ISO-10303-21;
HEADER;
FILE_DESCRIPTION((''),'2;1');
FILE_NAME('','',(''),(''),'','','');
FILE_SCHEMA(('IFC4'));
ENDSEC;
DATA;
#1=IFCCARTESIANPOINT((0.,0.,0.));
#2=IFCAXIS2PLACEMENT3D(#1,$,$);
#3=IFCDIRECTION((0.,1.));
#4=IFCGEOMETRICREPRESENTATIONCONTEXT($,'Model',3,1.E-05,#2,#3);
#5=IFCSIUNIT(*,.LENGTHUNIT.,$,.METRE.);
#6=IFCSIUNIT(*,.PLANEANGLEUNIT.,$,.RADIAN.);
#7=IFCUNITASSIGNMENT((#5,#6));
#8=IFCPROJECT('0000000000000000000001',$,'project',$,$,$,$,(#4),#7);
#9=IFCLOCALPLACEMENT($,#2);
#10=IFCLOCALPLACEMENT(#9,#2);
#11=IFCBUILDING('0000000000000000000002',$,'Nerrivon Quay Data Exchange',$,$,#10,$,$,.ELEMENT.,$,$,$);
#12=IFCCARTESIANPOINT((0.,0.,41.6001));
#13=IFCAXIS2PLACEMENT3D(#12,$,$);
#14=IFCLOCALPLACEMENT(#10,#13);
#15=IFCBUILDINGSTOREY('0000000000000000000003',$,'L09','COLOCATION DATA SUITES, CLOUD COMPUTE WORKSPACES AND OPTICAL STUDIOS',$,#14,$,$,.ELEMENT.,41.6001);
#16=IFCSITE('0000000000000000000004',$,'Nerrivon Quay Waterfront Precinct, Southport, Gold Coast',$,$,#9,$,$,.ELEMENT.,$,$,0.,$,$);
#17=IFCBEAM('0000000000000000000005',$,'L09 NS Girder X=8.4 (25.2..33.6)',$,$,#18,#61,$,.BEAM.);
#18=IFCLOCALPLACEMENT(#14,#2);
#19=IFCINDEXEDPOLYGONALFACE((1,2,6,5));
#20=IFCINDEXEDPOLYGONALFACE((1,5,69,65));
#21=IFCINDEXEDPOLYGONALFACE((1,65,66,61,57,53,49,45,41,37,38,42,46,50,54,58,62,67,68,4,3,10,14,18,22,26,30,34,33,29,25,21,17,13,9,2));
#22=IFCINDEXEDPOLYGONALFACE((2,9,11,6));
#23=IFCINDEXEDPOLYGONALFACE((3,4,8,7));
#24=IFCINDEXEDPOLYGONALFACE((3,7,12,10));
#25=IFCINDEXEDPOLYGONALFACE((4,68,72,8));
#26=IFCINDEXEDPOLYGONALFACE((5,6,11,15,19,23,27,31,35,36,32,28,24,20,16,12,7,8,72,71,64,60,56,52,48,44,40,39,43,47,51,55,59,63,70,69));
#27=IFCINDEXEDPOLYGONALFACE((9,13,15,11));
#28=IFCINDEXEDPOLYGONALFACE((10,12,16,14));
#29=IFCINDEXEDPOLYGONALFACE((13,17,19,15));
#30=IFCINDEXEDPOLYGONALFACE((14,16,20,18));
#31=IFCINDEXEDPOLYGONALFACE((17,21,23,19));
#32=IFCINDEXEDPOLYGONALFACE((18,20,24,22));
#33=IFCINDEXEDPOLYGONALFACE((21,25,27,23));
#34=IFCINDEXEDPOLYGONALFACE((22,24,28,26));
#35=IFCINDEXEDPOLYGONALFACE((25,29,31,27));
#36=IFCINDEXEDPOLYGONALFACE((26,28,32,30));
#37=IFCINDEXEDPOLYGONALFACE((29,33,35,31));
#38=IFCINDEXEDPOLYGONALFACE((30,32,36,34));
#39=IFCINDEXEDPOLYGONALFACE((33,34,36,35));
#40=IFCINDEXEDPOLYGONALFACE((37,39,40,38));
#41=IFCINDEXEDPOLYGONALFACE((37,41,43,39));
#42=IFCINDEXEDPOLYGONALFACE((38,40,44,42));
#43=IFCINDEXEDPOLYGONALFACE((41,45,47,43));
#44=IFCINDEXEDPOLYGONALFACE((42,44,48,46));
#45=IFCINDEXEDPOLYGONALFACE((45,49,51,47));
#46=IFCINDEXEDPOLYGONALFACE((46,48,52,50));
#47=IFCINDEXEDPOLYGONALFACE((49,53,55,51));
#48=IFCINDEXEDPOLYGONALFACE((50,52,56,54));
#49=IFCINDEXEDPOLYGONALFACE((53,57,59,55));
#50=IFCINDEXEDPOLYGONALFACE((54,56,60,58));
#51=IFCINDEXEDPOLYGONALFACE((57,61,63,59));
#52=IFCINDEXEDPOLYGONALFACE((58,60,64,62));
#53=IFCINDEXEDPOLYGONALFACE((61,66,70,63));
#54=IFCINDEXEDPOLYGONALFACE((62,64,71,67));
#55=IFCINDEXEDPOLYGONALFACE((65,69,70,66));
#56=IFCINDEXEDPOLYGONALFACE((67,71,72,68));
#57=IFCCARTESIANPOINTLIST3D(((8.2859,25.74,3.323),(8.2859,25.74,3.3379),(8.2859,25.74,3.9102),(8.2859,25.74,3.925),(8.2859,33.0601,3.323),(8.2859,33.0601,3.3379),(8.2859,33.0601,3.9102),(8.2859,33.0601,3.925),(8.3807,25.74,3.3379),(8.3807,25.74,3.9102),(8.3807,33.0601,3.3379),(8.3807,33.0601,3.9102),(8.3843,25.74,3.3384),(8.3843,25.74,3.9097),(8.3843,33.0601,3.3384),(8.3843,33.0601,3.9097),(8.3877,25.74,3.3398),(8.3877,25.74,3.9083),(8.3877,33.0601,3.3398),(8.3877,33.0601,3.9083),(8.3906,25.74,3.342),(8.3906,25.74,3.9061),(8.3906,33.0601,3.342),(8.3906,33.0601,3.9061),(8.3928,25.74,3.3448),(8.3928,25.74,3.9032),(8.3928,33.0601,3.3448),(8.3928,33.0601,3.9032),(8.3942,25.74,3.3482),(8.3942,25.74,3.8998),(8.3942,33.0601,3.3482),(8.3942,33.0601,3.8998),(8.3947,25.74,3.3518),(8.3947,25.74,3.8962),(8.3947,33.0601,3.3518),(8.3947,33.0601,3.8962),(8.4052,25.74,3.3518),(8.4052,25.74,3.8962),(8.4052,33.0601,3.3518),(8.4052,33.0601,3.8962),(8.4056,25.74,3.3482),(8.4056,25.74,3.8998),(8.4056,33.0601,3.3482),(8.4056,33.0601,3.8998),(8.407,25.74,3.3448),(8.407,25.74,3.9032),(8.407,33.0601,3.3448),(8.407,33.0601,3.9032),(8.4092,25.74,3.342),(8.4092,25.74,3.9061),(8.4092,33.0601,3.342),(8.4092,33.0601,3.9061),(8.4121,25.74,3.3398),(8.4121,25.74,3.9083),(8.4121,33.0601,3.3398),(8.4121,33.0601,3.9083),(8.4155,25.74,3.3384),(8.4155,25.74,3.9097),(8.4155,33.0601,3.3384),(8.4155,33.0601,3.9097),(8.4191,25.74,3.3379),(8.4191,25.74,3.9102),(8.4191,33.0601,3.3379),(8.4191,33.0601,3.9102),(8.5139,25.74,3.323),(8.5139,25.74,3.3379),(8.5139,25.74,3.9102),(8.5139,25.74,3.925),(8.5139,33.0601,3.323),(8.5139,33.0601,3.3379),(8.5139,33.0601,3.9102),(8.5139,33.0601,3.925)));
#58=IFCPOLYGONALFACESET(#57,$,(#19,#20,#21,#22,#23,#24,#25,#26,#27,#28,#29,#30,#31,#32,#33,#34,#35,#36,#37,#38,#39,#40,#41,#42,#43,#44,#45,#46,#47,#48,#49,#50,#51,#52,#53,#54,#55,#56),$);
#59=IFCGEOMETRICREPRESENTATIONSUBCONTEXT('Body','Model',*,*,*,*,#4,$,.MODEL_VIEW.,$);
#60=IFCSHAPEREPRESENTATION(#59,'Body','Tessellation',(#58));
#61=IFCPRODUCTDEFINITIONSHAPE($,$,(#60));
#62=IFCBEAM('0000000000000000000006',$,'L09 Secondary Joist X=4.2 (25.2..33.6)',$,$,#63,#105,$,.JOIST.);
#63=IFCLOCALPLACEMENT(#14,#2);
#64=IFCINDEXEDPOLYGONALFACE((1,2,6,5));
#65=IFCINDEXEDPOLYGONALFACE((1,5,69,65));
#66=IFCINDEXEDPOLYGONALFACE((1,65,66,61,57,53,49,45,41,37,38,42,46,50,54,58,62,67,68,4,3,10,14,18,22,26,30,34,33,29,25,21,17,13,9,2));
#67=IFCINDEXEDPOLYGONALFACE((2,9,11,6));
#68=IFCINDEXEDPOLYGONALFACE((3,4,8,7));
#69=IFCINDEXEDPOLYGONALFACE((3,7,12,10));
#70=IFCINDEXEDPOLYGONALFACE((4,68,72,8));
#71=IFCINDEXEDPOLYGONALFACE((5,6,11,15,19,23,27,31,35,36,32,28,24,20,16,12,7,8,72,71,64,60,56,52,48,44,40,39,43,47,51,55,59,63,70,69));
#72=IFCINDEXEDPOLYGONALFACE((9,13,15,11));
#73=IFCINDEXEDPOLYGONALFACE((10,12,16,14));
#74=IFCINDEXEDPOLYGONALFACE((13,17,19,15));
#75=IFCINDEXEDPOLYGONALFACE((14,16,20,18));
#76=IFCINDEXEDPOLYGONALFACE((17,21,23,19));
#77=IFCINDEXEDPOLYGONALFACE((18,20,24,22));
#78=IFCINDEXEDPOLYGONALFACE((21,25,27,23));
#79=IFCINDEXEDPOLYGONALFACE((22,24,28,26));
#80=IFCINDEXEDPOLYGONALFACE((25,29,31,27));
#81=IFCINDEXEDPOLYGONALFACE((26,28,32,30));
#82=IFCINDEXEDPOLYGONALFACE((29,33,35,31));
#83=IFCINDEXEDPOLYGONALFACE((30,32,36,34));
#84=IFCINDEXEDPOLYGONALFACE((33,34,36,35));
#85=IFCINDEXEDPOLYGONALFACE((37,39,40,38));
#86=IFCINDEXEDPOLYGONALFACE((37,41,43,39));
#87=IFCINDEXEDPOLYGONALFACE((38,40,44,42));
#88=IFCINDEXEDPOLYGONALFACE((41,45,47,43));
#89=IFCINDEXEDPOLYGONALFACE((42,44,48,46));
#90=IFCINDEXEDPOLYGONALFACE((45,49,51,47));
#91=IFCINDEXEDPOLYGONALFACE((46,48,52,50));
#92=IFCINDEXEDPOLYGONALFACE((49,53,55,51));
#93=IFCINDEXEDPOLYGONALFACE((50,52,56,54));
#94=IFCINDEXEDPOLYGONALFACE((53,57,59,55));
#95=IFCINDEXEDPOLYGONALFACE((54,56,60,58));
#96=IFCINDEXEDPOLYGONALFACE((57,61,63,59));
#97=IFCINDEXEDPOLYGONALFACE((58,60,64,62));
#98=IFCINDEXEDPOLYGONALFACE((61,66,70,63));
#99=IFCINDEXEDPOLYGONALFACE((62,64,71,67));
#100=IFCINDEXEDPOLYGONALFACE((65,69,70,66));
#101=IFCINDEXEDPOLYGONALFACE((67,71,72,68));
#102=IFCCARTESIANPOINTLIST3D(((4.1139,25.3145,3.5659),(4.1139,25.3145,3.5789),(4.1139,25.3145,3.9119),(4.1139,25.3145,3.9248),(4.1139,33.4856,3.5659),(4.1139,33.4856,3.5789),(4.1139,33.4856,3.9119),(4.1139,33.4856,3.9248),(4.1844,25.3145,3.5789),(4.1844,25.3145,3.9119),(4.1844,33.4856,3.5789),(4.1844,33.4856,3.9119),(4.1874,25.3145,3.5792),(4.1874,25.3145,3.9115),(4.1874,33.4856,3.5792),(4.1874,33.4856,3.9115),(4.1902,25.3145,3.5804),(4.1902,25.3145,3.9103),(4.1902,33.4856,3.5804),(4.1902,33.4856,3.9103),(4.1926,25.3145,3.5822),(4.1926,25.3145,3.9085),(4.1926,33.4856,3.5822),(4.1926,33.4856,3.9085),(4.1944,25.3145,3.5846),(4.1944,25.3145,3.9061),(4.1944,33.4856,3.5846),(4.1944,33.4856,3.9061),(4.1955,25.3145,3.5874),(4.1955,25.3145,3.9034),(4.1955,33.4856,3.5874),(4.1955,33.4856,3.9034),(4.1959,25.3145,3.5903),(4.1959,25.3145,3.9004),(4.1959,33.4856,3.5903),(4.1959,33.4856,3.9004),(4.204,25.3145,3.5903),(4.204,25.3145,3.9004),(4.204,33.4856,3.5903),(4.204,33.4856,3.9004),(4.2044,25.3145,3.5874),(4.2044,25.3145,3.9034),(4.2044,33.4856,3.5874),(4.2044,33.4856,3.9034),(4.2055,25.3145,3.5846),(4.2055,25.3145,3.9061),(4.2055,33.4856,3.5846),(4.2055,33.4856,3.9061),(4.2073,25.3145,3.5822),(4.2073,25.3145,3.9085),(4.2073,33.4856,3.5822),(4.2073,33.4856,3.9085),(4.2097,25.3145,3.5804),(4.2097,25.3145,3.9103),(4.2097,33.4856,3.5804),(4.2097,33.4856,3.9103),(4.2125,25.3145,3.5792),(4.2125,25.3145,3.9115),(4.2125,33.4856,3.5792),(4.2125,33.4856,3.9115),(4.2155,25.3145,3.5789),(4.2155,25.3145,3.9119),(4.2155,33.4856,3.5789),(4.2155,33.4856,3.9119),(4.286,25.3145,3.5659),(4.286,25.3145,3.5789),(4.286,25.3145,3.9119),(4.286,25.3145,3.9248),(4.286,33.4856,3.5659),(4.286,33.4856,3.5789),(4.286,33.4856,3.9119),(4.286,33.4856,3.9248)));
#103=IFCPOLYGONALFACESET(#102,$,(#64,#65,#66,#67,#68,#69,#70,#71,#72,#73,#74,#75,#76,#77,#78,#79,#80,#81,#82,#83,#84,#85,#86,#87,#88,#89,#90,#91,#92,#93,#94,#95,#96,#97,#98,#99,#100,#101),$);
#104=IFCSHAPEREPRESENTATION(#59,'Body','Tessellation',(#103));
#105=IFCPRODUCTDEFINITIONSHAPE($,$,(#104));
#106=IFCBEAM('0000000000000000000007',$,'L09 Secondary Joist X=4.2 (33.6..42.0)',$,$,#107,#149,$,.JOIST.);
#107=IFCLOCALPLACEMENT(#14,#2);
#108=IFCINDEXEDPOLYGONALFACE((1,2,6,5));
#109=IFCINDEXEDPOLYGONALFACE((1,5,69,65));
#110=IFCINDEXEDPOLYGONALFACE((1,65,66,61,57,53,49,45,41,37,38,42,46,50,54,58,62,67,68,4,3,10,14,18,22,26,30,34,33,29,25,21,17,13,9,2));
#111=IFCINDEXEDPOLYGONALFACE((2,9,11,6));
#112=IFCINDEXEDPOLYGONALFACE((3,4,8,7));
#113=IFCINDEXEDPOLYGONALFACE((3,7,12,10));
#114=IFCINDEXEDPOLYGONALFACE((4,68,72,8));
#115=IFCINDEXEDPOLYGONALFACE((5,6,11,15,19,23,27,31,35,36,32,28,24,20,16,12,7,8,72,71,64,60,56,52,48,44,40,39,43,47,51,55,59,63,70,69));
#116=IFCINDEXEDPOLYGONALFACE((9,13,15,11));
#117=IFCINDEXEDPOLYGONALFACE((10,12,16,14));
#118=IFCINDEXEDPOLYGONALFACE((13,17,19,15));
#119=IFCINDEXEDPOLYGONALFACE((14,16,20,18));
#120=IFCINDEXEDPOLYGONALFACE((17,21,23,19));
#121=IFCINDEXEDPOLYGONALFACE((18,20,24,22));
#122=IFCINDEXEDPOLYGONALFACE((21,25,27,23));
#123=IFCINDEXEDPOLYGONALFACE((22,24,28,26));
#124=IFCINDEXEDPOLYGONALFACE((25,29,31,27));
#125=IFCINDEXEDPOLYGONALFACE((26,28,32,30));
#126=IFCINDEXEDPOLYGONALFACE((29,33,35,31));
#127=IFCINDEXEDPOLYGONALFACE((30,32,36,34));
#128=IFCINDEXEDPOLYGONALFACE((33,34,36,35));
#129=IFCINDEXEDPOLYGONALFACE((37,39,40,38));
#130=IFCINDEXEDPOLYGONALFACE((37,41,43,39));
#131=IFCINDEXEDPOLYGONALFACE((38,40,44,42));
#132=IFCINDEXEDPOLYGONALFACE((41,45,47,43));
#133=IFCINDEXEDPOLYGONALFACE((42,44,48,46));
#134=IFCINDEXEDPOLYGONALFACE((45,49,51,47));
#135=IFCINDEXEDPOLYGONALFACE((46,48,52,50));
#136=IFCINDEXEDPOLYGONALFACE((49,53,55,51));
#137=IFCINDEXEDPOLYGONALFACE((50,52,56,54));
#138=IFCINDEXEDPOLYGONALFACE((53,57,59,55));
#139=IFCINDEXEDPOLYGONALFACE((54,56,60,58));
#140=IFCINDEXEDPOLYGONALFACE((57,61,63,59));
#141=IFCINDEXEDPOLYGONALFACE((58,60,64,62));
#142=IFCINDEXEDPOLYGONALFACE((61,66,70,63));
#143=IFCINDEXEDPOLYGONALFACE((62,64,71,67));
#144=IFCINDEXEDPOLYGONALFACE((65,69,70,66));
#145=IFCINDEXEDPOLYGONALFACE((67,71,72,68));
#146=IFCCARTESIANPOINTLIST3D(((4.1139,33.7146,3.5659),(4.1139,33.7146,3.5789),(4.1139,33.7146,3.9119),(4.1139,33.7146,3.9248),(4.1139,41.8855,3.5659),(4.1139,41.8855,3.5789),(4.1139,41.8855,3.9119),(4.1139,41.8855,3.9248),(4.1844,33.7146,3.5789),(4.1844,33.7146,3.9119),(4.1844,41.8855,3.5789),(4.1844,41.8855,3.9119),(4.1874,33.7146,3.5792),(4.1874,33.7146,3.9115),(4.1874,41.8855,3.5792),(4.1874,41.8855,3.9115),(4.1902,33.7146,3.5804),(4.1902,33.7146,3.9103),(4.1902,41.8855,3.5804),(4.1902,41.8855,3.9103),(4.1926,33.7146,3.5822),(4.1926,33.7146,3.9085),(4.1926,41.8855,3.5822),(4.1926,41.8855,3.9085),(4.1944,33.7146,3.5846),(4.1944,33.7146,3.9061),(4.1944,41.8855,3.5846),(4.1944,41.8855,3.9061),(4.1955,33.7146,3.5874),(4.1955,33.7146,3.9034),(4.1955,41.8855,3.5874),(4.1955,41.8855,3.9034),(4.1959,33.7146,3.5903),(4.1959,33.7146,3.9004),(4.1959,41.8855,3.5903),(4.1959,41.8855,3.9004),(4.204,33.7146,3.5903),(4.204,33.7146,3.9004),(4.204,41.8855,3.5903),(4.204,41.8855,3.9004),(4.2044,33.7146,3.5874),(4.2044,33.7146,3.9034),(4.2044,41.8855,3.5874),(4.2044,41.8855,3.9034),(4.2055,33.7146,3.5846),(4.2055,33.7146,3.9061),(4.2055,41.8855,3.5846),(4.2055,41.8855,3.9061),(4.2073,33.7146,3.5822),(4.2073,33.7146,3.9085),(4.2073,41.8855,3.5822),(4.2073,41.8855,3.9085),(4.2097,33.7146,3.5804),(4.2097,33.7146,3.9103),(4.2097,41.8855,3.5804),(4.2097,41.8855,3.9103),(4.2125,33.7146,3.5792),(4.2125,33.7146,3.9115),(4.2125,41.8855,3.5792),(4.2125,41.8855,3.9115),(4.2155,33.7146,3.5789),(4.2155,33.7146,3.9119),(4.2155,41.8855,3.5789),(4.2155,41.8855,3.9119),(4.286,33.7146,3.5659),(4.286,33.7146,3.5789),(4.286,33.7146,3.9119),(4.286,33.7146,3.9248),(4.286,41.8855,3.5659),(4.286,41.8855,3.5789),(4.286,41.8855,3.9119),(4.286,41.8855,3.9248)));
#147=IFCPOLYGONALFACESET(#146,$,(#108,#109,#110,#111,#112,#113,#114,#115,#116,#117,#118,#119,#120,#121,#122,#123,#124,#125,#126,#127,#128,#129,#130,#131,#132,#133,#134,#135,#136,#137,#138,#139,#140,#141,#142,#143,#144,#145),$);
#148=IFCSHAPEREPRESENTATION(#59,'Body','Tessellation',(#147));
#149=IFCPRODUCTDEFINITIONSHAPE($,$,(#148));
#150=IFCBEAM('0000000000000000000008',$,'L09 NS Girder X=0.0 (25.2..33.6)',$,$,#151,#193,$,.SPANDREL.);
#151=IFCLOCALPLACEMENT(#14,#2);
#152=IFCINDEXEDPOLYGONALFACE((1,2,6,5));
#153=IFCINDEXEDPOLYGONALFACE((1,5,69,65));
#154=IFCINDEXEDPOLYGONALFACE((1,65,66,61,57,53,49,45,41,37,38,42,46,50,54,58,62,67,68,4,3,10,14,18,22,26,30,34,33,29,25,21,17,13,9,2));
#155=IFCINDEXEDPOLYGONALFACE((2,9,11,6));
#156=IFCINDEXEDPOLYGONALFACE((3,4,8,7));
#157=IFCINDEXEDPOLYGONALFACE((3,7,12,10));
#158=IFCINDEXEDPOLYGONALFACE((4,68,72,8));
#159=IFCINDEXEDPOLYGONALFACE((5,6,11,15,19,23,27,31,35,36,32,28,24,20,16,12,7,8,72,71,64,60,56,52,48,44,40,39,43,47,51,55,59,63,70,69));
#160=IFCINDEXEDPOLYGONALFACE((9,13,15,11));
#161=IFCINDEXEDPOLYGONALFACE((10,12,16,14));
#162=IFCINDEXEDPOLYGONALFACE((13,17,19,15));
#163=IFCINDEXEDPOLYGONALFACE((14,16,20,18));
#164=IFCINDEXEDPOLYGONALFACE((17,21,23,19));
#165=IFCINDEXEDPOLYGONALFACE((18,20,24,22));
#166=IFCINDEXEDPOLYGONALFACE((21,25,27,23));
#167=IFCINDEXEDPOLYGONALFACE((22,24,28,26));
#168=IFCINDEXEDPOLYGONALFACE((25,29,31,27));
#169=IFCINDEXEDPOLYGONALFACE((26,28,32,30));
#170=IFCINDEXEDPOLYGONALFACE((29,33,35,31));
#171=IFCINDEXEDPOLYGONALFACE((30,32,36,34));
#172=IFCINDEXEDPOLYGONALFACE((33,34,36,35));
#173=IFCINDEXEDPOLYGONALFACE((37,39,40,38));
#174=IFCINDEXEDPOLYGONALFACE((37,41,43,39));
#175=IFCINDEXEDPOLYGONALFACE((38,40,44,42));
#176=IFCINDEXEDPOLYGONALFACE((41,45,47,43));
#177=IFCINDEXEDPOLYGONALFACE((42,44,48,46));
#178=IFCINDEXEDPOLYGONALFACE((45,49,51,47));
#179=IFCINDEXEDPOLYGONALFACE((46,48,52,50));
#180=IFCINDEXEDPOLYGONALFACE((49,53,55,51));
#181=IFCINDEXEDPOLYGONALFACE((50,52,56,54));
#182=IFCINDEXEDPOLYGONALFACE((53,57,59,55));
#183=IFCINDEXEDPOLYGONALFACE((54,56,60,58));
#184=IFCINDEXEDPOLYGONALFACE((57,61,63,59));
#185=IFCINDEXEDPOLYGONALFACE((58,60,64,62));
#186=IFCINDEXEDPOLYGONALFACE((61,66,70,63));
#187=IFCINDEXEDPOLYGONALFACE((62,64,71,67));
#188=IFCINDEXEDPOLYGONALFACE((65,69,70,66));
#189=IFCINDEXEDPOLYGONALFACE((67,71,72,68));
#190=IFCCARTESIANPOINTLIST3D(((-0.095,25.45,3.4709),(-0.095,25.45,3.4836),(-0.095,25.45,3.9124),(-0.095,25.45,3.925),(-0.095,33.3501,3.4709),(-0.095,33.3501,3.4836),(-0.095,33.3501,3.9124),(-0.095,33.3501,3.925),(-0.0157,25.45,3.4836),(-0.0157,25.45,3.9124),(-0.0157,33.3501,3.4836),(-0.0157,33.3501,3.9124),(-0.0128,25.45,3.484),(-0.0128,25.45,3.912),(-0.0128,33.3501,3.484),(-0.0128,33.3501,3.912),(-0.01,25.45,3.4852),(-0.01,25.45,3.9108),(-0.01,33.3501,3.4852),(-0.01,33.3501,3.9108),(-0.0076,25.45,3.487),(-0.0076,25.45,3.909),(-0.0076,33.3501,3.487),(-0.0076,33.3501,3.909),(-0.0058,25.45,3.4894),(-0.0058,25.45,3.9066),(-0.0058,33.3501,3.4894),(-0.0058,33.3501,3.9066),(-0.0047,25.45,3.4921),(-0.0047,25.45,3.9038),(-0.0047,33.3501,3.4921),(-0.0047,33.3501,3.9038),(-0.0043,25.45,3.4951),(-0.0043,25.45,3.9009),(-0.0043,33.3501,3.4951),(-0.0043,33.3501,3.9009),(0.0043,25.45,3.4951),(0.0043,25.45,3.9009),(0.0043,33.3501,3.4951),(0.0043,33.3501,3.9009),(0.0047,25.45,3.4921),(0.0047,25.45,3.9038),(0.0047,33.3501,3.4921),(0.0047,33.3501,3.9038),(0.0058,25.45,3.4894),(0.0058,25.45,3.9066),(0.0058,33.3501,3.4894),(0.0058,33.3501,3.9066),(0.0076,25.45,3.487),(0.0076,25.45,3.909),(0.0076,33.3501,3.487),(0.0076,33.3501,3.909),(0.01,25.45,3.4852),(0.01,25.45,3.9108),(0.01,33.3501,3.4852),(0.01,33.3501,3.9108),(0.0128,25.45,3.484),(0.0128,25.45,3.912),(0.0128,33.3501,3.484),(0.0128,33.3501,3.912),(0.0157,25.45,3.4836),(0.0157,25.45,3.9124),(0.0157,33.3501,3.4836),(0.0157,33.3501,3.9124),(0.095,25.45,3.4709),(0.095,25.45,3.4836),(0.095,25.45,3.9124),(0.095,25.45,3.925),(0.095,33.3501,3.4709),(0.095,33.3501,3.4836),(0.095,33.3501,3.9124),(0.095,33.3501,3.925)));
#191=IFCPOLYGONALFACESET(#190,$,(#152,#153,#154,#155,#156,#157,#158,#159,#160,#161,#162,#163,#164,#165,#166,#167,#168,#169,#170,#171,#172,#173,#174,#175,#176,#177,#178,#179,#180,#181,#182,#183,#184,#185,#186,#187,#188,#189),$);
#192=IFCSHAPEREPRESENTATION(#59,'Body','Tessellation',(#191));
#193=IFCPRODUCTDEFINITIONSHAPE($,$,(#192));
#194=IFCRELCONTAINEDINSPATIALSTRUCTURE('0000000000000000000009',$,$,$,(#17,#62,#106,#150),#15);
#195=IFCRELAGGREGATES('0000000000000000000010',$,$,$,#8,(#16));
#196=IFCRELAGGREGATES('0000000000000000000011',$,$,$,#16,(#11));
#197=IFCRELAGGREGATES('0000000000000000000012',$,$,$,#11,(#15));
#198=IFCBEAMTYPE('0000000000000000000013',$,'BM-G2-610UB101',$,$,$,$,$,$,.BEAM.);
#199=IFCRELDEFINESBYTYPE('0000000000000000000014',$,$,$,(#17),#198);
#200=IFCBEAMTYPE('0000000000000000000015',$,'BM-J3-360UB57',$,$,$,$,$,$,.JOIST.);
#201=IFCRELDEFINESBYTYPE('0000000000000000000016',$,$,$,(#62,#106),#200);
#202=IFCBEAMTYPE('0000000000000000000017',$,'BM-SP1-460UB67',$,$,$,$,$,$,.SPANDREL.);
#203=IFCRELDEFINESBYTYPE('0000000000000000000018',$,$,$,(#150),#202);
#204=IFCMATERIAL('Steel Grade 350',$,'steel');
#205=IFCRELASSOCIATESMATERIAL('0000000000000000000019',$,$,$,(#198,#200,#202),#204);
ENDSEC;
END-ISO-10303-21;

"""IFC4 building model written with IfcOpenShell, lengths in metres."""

from ifc_helpers import new_model, si_unit, direction, frame, origin, origin_2d, place, context, subcontext, project, spatial, i_section, extrude, material, material_profile, profile_set, type_object, element, save


model = new_model("IFC4")

# Units and contexts
model_context = context("Model", 3, precision=1e-05, world=origin(), true_north=direction((0.0, 1.0)))
body_context = subcontext(model_context, "Body", "Model", "MODEL_VIEW")
ifc_project = project(units=[si_unit("LENGTHUNIT", "METRE"), si_unit("PLANEANGLEUNIT", "RADIAN")], contexts=[model_context])

# Site, building, storey
site_placement = place(None, origin())
site = spatial("IfcSite", under=ifc_project, at=site_placement, Name="Nerrivon Quay Waterfront Precinct, Southport, Gold Coast", CompositionType="ELEMENT", RefElevation=0.0)
building_placement = place(site_placement, origin())
building = spatial("IfcBuilding", under=site, at=building_placement, Name="Nerrivon Quay Data Exchange", CompositionType="ELEMENT")
storey_placement = place(building_placement, frame((0.0, 0.0, 41.6001)))
storey = spatial("IfcBuildingStorey", under=building, at=storey_placement, Name="L09", Description="COLOCATION DATA SUITES, CLOUD COMPUTE WORKSPACES AND OPTICAL STUDIOS", CompositionType="ELEMENT", Elevation=41.6001)

# Shared definitions
ifc_material_1 = material(Name="Steel Grade 350", Category="steel")

# Beams
ifc_material_profile_1 = material_profile(ifc_material_1, i_section(OverallWidth=0.228, OverallDepth=0.6021, WebThickness=0.0105, FlangeThickness=0.0149, FilletRadius=0.0139, at=origin_2d()), Name="610UB101")
ifc_profile_set_1 = profile_set([ifc_material_profile_1], Name="Steel Grade 350")
beam_type_1 = type_object("IfcBeamType", Name="BM-G2-610UB101", PredefinedType="BEAM", material=ifc_profile_set_1)
beam_1_placement = place(storey_placement, frame((8.3999, 25.74, 3.624), z_axis=(0.0, 1.0, 0.0), x_axis=(-1.0, 0.0, 0.0)))
element("IfcBeam", 1, at=beam_1_placement, inside=storey, type_object=beam_type_1, Name="L09 NS Girder X=8.4 (25.2..33.6)", PredefinedType="BEAM", context=body_context, shape_type="SweptSolid", body=[
    extrude(i_section(OverallWidth=0.228, OverallDepth=0.6021, WebThickness=0.0105, FlangeThickness=0.0149, FilletRadius=0.0139, at=origin_2d()), origin(), (0.0, 0.0, 1.0), 7.3201),
])
ifc_material_profile_2 = material_profile(ifc_material_1, i_section(OverallWidth=0.1721, OverallDepth=0.3589, WebThickness=0.0081, FlangeThickness=0.0129, FilletRadius=0.0115, at=origin_2d()), Name="360UB56.7")
ifc_profile_set_2 = profile_set([ifc_material_profile_2], Name="Steel Grade 350")
beam_type_2 = type_object("IfcBeamType", Name="BM-J3-360UB57", PredefinedType="JOIST", material=ifc_profile_set_2)
beam_2_placement = place(storey_placement, frame((4.2, 25.3145, 3.7454), z_axis=(0.0, 1.0, 0.0), x_axis=(-1.0, 0.0, 0.0)))
element("IfcBeam", 2, at=beam_2_placement, inside=storey, type_object=beam_type_2, Name="L09 Secondary Joist X=4.2 (25.2..33.6)", PredefinedType="JOIST", context=body_context, shape_type="SweptSolid", body=[
    extrude(i_section(OverallWidth=0.1721, OverallDepth=0.3589, WebThickness=0.0081, FlangeThickness=0.0129, FilletRadius=0.0115, at=origin_2d()), origin(), (0.0, 0.0, 1.0), 8.1711),
])
beam_3_placement = place(storey_placement, frame((4.2, 33.7146, 3.7454), z_axis=(0.0, 1.0, 0.0), x_axis=(-1.0, 0.0, 0.0)))
element("IfcBeam", 3, at=beam_3_placement, inside=storey, type_object=beam_type_2, Name="L09 Secondary Joist X=4.2 (33.6..42.0)", PredefinedType="JOIST", context=body_context, shape_type="SweptSolid", body=[
    extrude(i_section(OverallWidth=0.1721, OverallDepth=0.3589, WebThickness=0.0081, FlangeThickness=0.0129, FilletRadius=0.0115, at=origin_2d()), origin(), (0.0, 0.0, 1.0), 8.1709),
])
ifc_material_profile_3 = material_profile(ifc_material_1, i_section(OverallWidth=0.1899, OverallDepth=0.4541, WebThickness=0.0085, FlangeThickness=0.0127, FilletRadius=0.0115, at=origin_2d()), Name="460UB67.1")
ifc_profile_set_3 = profile_set([ifc_material_profile_3], Name="Steel Grade 350")
beam_type_3 = type_object("IfcBeamType", Name="BM-SP1-460UB67", PredefinedType="SPANDREL", material=ifc_profile_set_3)
beam_4_placement = place(storey_placement, frame((0.0, 25.45, 3.698), z_axis=(0.0, 1.0, 0.0), x_axis=(-1.0, 0.0, 0.0)))
element("IfcBeam", 4, at=beam_4_placement, inside=storey, type_object=beam_type_3, Name="L09 NS Girder X=0.0 (25.2..33.6)", PredefinedType="SPANDREL", context=body_context, shape_type="SweptSolid", body=[
    extrude(i_section(OverallWidth=0.1899, OverallDepth=0.4541, WebThickness=0.0085, FlangeThickness=0.0127, FilletRadius=0.0115, at=origin_2d()), origin(), (0.0, 0.0, 1.0), 7.9001),
])

save(model, "model.ifc")
